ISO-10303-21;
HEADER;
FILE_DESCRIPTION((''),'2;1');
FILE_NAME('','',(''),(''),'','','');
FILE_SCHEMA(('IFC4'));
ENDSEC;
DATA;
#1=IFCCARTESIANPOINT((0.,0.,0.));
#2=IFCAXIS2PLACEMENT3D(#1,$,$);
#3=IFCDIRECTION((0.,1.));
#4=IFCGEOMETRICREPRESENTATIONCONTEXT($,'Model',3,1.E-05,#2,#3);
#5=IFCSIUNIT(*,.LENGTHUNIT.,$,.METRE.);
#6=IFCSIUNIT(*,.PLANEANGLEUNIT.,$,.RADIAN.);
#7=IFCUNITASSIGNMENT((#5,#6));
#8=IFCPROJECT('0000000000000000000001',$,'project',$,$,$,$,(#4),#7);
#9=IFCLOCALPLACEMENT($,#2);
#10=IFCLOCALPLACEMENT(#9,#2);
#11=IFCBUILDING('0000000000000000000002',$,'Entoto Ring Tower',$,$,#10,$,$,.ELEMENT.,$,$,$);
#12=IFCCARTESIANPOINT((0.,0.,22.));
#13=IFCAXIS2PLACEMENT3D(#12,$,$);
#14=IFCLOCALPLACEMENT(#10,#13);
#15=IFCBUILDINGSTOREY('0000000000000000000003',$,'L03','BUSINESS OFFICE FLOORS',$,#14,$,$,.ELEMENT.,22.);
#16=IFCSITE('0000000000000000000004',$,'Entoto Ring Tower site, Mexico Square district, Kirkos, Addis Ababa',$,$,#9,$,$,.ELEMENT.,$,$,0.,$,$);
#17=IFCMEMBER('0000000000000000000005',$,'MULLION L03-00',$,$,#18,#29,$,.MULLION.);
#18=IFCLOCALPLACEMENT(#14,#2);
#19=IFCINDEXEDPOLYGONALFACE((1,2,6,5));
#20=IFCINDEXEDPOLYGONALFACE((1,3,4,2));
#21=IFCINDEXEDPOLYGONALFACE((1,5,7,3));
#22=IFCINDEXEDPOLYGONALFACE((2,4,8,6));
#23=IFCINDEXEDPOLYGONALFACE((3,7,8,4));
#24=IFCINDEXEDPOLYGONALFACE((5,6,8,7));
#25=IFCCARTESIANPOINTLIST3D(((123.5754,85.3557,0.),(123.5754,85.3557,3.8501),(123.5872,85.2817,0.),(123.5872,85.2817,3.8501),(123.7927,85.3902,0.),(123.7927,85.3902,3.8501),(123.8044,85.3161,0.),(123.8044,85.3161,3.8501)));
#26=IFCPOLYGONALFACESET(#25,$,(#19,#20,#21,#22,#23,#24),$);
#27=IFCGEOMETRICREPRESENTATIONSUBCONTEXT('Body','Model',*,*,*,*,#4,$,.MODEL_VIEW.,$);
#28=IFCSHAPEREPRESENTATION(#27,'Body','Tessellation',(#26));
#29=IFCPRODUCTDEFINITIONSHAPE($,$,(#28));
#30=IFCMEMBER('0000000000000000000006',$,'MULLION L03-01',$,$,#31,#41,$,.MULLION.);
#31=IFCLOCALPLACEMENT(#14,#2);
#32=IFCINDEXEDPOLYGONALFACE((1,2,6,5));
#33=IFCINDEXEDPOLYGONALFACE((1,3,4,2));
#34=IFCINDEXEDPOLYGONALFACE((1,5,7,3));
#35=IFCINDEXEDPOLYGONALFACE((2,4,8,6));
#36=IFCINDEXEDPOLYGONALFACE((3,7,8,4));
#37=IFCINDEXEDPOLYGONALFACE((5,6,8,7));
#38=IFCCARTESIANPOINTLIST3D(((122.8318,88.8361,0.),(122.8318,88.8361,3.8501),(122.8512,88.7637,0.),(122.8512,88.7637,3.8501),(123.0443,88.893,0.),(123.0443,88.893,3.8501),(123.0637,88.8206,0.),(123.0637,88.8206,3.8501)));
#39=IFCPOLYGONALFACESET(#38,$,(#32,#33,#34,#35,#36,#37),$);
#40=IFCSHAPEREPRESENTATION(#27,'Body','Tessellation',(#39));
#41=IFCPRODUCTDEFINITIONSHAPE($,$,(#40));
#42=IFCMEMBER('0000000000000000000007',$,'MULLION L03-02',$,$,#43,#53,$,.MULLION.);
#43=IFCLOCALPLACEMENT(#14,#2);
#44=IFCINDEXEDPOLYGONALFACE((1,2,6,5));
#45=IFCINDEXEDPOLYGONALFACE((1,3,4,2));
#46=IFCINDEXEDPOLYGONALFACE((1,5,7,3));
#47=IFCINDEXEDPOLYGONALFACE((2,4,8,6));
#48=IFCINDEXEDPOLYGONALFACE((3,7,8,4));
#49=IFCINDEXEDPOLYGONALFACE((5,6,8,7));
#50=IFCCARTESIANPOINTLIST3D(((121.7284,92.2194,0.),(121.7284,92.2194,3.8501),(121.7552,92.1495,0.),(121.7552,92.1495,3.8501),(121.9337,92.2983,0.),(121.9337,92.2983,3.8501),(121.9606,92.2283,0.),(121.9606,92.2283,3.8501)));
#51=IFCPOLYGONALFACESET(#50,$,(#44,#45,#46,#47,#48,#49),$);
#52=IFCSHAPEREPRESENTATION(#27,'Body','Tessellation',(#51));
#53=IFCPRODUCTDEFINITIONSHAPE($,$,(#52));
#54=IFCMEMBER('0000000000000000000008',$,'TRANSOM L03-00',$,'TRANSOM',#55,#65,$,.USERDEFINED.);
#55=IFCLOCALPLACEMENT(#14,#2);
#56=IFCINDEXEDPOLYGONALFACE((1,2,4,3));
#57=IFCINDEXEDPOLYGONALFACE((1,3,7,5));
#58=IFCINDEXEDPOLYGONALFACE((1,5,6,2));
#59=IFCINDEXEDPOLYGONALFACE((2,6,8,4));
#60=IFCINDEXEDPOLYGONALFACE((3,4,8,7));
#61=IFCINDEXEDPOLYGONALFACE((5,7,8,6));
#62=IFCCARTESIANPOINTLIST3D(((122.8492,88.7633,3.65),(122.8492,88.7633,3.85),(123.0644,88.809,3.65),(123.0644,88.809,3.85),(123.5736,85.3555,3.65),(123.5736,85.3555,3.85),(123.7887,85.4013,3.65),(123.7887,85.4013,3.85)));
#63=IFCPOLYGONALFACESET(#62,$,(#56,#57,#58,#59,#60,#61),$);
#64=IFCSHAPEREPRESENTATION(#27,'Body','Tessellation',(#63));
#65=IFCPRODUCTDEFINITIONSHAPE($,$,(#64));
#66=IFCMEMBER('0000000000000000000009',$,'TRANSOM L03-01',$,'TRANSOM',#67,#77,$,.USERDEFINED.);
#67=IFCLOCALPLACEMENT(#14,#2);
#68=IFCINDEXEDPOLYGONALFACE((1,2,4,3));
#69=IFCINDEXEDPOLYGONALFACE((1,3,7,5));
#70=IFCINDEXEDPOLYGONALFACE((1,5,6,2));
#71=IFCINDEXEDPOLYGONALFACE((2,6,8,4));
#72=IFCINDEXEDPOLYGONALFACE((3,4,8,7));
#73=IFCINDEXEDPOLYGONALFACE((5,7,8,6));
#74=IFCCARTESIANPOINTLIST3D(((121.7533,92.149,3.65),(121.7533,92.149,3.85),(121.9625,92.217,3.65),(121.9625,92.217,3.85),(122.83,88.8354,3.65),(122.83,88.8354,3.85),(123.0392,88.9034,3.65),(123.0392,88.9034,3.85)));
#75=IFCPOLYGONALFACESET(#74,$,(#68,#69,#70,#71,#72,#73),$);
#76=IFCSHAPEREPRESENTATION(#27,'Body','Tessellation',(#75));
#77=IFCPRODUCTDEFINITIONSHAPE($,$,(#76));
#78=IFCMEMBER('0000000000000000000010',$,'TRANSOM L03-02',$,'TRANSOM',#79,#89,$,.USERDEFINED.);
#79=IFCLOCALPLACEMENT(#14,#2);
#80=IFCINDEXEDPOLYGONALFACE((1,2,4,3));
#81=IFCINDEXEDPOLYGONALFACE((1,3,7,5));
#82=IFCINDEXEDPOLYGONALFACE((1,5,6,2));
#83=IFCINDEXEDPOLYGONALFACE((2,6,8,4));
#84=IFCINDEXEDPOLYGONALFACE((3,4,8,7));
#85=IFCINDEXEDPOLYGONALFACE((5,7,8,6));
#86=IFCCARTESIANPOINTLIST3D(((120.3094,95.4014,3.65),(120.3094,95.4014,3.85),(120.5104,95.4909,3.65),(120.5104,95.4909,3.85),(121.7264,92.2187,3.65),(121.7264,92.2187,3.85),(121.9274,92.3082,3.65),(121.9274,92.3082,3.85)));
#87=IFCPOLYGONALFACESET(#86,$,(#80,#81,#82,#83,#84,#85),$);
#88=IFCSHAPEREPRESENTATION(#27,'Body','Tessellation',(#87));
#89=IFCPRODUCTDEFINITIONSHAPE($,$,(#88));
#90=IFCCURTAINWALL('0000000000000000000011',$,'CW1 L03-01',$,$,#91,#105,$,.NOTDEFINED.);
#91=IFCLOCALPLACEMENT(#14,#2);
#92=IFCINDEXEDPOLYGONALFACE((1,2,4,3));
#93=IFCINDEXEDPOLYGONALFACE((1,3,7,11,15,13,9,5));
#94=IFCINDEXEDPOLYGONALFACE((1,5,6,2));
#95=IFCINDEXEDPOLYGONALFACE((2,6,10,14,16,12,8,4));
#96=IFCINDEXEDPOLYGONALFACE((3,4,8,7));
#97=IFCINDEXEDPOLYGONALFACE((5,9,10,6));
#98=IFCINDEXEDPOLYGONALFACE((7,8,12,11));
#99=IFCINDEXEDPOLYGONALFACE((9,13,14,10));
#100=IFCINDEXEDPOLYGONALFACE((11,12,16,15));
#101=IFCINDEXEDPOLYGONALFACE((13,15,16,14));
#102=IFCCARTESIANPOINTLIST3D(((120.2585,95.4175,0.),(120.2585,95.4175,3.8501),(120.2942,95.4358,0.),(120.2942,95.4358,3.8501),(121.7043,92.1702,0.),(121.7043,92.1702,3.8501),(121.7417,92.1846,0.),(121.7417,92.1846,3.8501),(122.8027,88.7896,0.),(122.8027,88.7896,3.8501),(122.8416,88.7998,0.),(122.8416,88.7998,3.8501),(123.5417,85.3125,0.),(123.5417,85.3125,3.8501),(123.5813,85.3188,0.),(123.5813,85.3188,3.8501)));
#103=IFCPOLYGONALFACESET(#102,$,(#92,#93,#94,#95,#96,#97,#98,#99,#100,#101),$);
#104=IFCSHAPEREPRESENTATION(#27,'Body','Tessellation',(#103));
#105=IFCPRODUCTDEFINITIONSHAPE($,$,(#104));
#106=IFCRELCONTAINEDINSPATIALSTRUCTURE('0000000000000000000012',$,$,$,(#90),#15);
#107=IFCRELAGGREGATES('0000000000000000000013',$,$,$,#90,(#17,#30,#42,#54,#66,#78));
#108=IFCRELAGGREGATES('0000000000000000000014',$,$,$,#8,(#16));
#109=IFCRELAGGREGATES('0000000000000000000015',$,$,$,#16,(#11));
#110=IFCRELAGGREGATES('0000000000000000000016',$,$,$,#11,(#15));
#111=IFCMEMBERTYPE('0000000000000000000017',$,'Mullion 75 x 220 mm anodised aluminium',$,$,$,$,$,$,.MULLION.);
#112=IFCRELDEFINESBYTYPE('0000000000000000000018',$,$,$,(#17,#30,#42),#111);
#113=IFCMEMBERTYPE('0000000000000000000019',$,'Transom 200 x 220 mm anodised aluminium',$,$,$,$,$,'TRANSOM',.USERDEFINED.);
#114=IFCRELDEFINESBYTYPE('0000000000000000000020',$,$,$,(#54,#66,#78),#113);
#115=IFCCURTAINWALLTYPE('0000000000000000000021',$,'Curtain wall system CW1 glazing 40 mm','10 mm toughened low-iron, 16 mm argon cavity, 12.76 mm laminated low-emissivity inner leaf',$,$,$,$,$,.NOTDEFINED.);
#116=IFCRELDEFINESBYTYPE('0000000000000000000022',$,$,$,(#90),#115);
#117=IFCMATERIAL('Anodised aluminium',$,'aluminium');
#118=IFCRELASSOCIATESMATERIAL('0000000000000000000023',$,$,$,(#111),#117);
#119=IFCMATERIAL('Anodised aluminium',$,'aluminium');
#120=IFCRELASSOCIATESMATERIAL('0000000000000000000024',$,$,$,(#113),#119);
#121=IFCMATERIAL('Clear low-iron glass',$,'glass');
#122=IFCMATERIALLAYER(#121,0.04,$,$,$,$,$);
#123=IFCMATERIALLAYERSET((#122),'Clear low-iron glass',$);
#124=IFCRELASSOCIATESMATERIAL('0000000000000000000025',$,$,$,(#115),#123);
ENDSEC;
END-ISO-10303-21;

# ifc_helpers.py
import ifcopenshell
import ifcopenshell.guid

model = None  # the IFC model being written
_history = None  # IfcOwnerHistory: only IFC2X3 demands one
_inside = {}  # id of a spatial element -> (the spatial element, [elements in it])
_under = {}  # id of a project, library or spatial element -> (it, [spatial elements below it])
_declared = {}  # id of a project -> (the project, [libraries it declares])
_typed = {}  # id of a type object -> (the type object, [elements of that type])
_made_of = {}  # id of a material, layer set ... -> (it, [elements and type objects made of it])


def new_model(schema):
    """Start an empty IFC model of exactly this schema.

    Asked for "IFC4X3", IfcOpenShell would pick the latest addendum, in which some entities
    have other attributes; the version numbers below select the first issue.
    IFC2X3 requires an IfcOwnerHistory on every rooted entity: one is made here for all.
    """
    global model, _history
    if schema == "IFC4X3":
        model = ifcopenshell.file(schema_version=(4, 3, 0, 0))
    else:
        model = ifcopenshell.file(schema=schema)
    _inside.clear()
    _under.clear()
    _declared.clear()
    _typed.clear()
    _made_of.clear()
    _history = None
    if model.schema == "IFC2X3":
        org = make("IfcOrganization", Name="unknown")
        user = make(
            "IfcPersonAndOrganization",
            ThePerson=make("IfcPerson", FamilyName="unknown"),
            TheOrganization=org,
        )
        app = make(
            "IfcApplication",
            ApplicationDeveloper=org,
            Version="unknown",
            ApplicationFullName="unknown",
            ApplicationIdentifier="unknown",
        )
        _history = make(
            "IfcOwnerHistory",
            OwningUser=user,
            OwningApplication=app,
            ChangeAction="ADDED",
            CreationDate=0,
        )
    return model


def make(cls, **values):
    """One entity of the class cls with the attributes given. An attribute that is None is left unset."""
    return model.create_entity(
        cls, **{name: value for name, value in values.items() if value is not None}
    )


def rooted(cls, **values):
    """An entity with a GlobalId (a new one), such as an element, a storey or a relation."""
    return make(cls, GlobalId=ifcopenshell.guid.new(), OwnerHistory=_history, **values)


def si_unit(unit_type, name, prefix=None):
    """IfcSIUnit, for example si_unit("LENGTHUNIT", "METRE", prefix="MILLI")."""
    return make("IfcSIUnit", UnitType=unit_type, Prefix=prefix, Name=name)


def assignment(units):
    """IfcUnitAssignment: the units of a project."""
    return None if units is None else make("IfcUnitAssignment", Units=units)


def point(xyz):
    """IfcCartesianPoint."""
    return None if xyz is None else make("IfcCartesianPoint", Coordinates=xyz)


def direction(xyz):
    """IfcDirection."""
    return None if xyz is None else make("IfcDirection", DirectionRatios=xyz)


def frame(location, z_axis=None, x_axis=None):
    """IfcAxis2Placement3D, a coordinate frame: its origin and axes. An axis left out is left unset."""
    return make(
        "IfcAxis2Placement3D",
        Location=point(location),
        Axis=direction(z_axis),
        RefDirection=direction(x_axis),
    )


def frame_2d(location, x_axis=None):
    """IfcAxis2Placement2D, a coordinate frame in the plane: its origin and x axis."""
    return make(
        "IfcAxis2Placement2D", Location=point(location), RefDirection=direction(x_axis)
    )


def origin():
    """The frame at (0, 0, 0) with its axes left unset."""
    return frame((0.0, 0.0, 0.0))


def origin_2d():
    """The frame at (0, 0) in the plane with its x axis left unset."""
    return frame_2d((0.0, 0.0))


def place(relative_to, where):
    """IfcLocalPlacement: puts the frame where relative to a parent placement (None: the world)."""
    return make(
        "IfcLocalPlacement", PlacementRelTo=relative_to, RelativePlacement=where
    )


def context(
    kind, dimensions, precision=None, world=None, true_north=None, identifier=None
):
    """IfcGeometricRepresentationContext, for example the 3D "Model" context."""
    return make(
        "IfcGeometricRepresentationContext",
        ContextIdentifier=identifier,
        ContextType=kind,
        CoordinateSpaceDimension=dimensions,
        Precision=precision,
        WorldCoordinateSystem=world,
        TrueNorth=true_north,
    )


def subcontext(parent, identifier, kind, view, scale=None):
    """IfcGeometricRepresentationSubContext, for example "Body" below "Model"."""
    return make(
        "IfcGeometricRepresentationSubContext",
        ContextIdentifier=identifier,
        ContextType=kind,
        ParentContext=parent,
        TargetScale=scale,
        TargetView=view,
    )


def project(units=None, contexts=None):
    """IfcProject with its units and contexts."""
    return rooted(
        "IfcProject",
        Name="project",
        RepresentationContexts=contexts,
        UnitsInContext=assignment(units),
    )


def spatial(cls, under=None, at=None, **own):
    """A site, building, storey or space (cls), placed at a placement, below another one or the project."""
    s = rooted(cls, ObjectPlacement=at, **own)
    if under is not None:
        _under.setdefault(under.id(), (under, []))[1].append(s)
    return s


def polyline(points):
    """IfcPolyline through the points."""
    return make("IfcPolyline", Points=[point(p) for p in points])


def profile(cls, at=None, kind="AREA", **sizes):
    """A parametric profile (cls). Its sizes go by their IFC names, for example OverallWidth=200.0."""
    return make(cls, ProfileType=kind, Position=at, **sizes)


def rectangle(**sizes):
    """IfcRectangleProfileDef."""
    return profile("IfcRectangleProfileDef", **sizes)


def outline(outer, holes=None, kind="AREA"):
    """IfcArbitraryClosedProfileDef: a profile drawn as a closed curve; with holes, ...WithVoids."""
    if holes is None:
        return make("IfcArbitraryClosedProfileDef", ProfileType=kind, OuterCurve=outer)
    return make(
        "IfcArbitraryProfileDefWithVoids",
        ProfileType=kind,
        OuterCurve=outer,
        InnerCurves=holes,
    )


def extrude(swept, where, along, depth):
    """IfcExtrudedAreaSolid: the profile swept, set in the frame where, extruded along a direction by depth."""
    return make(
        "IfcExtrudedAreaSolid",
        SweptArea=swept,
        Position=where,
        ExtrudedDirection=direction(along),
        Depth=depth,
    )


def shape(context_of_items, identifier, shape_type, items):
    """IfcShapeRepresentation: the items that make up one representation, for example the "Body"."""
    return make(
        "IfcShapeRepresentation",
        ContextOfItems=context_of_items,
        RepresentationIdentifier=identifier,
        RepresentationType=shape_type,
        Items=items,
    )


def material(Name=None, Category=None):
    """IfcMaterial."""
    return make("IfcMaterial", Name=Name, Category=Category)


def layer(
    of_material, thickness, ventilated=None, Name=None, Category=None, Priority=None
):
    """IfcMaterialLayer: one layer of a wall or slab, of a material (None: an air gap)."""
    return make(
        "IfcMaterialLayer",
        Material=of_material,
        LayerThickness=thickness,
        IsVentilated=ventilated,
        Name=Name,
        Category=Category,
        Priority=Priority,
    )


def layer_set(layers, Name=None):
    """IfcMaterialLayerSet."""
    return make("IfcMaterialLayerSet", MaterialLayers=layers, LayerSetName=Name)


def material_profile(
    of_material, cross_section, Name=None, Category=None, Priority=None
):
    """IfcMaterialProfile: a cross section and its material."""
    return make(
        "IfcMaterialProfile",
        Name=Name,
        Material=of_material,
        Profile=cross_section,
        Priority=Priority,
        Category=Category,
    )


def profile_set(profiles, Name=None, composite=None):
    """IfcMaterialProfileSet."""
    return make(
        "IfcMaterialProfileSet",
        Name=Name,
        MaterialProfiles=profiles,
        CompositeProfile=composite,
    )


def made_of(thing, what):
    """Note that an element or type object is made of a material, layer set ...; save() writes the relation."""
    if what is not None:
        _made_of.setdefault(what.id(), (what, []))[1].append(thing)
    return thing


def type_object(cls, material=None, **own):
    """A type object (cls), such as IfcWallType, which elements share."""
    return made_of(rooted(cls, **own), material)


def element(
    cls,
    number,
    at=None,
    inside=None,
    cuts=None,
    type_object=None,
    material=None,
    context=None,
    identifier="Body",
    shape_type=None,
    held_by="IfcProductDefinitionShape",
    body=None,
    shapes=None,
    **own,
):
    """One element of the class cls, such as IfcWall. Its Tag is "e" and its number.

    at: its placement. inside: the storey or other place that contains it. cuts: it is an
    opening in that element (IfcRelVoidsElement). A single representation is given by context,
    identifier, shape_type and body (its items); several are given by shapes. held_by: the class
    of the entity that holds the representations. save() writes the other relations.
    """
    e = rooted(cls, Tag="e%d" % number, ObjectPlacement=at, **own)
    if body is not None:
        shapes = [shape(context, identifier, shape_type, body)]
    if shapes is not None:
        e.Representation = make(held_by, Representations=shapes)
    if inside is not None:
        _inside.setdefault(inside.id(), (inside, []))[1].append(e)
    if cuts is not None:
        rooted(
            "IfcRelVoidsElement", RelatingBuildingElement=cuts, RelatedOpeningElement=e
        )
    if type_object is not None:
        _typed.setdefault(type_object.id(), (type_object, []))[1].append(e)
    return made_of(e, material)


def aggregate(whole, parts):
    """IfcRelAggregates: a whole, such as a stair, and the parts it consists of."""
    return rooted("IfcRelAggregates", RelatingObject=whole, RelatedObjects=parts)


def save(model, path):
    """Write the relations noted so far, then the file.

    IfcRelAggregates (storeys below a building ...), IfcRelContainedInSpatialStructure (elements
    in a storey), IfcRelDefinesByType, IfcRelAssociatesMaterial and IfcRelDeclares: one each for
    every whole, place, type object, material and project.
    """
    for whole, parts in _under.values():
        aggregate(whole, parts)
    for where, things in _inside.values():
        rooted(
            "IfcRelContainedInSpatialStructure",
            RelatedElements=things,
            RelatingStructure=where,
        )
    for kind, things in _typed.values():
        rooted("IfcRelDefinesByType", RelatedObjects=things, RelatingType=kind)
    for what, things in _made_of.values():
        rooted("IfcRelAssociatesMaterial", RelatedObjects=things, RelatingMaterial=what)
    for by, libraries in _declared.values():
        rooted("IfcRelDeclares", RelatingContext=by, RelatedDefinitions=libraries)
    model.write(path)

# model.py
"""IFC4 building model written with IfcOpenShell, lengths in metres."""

from ifc_helpers import new_model, si_unit, direction, frame, origin, origin_2d, place, context, subcontext, project, spatial, polyline, rectangle, outline, extrude, material, layer, layer_set, material_profile, profile_set, type_object, element, aggregate, save


model = new_model("IFC4")

# Units and contexts
model_context = context("Model", 3, precision=1e-05, world=origin(), true_north=direction((0.0, 1.0)))
body_context = subcontext(model_context, "Body", "Model", "MODEL_VIEW")
ifc_project = project(units=[si_unit("LENGTHUNIT", "METRE"), si_unit("PLANEANGLEUNIT", "RADIAN")], contexts=[model_context])

# Members
ifc_material_1 = material(Name="Anodised aluminium", Category="aluminium")
ifc_material_profile_1 = material_profile(ifc_material_1, rectangle(XDim=0.075, YDim=0.22, at=origin_2d()), Name="Mullion 75 x 220 mm anodised aluminium")
ifc_profile_set_1 = profile_set([ifc_material_profile_1], Name="Anodised aluminium")
member_type_1 = type_object("IfcMemberType", Name="Mullion 75 x 220 mm anodised aluminium", PredefinedType="MULLION", material=ifc_profile_set_1)
site_placement = place(None, origin())
building_placement = place(site_placement, origin())
storey_placement = place(building_placement, frame((0.0, 0.0, 22.0)))
member_1_placement = place(storey_placement, frame((123.6899, 85.3359, 0.0), z_axis=(0.0, 0.0, 1.0), x_axis=(-0.156434, 0.987688, 0.0)))
member_1 = element("IfcMember", 1, at=member_1_placement, type_object=member_type_1, Name="MULLION L03-00", PredefinedType="MULLION", context=body_context, shape_type="SweptSolid", body=[
    extrude(rectangle(XDim=0.075, YDim=0.22, at=origin_2d()), origin(), (0.0, 0.0, 1.0), 3.8501),
])
member_2_placement = place(storey_placement, frame((122.9478, 88.8284, 0.0), z_axis=(0.0, 0.0, 1.0), x_axis=(-0.258819, 0.965926, 0.0)))
member_2 = element("IfcMember", 2, at=member_2_placement, type_object=member_type_1, Name="MULLION L03-01", PredefinedType="MULLION", context=body_context, shape_type="SweptSolid", body=[
    extrude(rectangle(XDim=0.075, YDim=0.22, at=origin_2d()), origin(), (0.0, 0.0, 1.0), 3.8501),
])
member_3_placement = place(storey_placement, frame((121.8445, 92.2239, 0.0), z_axis=(0.0, 0.0, 1.0), x_axis=(-0.358368, 0.93358, 0.0)))
member_3 = element("IfcMember", 3, at=member_3_placement, type_object=member_type_1, Name="MULLION L03-02", PredefinedType="MULLION", context=body_context, shape_type="SweptSolid", body=[
    extrude(rectangle(XDim=0.075, YDim=0.22, at=origin_2d()), origin(), (0.0, 0.0, 1.0), 3.8501),
])
ifc_material_2 = material(Name="Anodised aluminium", Category="aluminium")
ifc_material_profile_2 = material_profile(ifc_material_2, rectangle(XDim=0.22, YDim=0.2, at=origin_2d()), Name="Transom 200 x 220 mm anodised aluminium")
ifc_profile_set_2 = profile_set([ifc_material_profile_2], Name="Anodised aluminium")
member_type_2 = type_object("IfcMemberType", Name="Transom 200 x 220 mm anodised aluminium", ElementType="TRANSOM", PredefinedType="USERDEFINED", material=ifc_profile_set_2)
member_4_placement = place(storey_placement, frame((123.6812, 85.3784, 3.75), z_axis=(-0.207921, 0.978146, 0.0), x_axis=(-0.978146, -0.207921, 0.0)))
member_4 = element("IfcMember", 4, at=member_4_placement, type_object=member_type_2, Name="TRANSOM L03-00", ObjectType="TRANSOM", PredefinedType="USERDEFINED", context=body_context, shape_type="SweptSolid", body=[
    extrude(rectangle(XDim=0.22, YDim=0.2, at=origin_2d()), origin(), (0.0, 0.0, 1.0), 3.4839),
])
member_5_placement = place(storey_placement, frame((122.9346, 88.8694, 3.75), z_axis=(-0.309029, 0.951053, 0.0), x_axis=(-0.951053, -0.309029, 0.0)))
member_5 = element("IfcMember", 5, at=member_5_placement, type_object=member_type_2, Name="TRANSOM L03-01", ObjectType="TRANSOM", PredefinedType="USERDEFINED", context=body_context, shape_type="SweptSolid", body=[
    extrude(rectangle(XDim=0.22, YDim=0.2, at=origin_2d()), origin(), (0.0, 0.0, 1.0), 3.4841),
])
member_6_placement = place(storey_placement, frame((121.8269, 92.2634, 3.75), z_axis=(-0.406737, 0.913545, 0.0), x_axis=(-0.913545, -0.406737, 0.0)))
member_6 = element("IfcMember", 6, at=member_6_placement, type_object=member_type_2, Name="TRANSOM L03-02", ObjectType="TRANSOM", PredefinedType="USERDEFINED", context=body_context, shape_type="SweptSolid", body=[
    extrude(rectangle(XDim=0.22, YDim=0.2, at=origin_2d()), origin(), (0.0, 0.0, 1.0), 3.4839),
])

# Site, building, storey
site = spatial("IfcSite", under=ifc_project, at=site_placement, Name="Entoto Ring Tower site, Mexico Square district, Kirkos, Addis Ababa", CompositionType="ELEMENT", RefElevation=0.0)
building = spatial("IfcBuilding", under=site, at=building_placement, Name="Entoto Ring Tower", CompositionType="ELEMENT")
storey = spatial("IfcBuildingStorey", under=building, at=storey_placement, Name="L03", Description="BUSINESS OFFICE FLOORS", CompositionType="ELEMENT", Elevation=22.0)

# Curtain wall
ifc_material_3 = material(Name="Clear low-iron glass", Category="glass")
ifc_layer_1 = layer(ifc_material_3, 0.04)
ifc_layer_set_1 = layer_set([ifc_layer_1], Name="Clear low-iron glass")
curtain_wall_type = type_object("IfcCurtainWallType", Name="Curtain wall system CW1 glazing 40 mm", Description="10 mm toughened low-iron, 16 mm argon cavity, 12.76 mm laminated low-emissivity inner leaf", PredefinedType="NOTDEFINED", material=ifc_layer_set_1)
curtain_wall_1_placement = place(storey_placement, origin())
curtain_wall_1 = element("IfcCurtainWall", 7, at=curtain_wall_1_placement, inside=storey, type_object=curtain_wall_type, Name="CW1 L03-01", PredefinedType="NOTDEFINED", context=body_context, shape_type="SweptSolid", body=[
    extrude(outline(polyline([(123.5813, 85.3188), (122.8416, 88.7998), (121.7417, 92.1846), (120.2942, 95.4358), (120.2585, 95.4175), (121.7043, 92.1702), (122.8027, 88.7896), (123.5417, 85.3125), (123.5813, 85.3188)])), origin(), (0.0, 0.0, 1.0), 3.8501),
])
aggregate(curtain_wall_1, [member_1, member_2, member_3, member_4, member_5, member_6])

save(model, "model.ifc")
